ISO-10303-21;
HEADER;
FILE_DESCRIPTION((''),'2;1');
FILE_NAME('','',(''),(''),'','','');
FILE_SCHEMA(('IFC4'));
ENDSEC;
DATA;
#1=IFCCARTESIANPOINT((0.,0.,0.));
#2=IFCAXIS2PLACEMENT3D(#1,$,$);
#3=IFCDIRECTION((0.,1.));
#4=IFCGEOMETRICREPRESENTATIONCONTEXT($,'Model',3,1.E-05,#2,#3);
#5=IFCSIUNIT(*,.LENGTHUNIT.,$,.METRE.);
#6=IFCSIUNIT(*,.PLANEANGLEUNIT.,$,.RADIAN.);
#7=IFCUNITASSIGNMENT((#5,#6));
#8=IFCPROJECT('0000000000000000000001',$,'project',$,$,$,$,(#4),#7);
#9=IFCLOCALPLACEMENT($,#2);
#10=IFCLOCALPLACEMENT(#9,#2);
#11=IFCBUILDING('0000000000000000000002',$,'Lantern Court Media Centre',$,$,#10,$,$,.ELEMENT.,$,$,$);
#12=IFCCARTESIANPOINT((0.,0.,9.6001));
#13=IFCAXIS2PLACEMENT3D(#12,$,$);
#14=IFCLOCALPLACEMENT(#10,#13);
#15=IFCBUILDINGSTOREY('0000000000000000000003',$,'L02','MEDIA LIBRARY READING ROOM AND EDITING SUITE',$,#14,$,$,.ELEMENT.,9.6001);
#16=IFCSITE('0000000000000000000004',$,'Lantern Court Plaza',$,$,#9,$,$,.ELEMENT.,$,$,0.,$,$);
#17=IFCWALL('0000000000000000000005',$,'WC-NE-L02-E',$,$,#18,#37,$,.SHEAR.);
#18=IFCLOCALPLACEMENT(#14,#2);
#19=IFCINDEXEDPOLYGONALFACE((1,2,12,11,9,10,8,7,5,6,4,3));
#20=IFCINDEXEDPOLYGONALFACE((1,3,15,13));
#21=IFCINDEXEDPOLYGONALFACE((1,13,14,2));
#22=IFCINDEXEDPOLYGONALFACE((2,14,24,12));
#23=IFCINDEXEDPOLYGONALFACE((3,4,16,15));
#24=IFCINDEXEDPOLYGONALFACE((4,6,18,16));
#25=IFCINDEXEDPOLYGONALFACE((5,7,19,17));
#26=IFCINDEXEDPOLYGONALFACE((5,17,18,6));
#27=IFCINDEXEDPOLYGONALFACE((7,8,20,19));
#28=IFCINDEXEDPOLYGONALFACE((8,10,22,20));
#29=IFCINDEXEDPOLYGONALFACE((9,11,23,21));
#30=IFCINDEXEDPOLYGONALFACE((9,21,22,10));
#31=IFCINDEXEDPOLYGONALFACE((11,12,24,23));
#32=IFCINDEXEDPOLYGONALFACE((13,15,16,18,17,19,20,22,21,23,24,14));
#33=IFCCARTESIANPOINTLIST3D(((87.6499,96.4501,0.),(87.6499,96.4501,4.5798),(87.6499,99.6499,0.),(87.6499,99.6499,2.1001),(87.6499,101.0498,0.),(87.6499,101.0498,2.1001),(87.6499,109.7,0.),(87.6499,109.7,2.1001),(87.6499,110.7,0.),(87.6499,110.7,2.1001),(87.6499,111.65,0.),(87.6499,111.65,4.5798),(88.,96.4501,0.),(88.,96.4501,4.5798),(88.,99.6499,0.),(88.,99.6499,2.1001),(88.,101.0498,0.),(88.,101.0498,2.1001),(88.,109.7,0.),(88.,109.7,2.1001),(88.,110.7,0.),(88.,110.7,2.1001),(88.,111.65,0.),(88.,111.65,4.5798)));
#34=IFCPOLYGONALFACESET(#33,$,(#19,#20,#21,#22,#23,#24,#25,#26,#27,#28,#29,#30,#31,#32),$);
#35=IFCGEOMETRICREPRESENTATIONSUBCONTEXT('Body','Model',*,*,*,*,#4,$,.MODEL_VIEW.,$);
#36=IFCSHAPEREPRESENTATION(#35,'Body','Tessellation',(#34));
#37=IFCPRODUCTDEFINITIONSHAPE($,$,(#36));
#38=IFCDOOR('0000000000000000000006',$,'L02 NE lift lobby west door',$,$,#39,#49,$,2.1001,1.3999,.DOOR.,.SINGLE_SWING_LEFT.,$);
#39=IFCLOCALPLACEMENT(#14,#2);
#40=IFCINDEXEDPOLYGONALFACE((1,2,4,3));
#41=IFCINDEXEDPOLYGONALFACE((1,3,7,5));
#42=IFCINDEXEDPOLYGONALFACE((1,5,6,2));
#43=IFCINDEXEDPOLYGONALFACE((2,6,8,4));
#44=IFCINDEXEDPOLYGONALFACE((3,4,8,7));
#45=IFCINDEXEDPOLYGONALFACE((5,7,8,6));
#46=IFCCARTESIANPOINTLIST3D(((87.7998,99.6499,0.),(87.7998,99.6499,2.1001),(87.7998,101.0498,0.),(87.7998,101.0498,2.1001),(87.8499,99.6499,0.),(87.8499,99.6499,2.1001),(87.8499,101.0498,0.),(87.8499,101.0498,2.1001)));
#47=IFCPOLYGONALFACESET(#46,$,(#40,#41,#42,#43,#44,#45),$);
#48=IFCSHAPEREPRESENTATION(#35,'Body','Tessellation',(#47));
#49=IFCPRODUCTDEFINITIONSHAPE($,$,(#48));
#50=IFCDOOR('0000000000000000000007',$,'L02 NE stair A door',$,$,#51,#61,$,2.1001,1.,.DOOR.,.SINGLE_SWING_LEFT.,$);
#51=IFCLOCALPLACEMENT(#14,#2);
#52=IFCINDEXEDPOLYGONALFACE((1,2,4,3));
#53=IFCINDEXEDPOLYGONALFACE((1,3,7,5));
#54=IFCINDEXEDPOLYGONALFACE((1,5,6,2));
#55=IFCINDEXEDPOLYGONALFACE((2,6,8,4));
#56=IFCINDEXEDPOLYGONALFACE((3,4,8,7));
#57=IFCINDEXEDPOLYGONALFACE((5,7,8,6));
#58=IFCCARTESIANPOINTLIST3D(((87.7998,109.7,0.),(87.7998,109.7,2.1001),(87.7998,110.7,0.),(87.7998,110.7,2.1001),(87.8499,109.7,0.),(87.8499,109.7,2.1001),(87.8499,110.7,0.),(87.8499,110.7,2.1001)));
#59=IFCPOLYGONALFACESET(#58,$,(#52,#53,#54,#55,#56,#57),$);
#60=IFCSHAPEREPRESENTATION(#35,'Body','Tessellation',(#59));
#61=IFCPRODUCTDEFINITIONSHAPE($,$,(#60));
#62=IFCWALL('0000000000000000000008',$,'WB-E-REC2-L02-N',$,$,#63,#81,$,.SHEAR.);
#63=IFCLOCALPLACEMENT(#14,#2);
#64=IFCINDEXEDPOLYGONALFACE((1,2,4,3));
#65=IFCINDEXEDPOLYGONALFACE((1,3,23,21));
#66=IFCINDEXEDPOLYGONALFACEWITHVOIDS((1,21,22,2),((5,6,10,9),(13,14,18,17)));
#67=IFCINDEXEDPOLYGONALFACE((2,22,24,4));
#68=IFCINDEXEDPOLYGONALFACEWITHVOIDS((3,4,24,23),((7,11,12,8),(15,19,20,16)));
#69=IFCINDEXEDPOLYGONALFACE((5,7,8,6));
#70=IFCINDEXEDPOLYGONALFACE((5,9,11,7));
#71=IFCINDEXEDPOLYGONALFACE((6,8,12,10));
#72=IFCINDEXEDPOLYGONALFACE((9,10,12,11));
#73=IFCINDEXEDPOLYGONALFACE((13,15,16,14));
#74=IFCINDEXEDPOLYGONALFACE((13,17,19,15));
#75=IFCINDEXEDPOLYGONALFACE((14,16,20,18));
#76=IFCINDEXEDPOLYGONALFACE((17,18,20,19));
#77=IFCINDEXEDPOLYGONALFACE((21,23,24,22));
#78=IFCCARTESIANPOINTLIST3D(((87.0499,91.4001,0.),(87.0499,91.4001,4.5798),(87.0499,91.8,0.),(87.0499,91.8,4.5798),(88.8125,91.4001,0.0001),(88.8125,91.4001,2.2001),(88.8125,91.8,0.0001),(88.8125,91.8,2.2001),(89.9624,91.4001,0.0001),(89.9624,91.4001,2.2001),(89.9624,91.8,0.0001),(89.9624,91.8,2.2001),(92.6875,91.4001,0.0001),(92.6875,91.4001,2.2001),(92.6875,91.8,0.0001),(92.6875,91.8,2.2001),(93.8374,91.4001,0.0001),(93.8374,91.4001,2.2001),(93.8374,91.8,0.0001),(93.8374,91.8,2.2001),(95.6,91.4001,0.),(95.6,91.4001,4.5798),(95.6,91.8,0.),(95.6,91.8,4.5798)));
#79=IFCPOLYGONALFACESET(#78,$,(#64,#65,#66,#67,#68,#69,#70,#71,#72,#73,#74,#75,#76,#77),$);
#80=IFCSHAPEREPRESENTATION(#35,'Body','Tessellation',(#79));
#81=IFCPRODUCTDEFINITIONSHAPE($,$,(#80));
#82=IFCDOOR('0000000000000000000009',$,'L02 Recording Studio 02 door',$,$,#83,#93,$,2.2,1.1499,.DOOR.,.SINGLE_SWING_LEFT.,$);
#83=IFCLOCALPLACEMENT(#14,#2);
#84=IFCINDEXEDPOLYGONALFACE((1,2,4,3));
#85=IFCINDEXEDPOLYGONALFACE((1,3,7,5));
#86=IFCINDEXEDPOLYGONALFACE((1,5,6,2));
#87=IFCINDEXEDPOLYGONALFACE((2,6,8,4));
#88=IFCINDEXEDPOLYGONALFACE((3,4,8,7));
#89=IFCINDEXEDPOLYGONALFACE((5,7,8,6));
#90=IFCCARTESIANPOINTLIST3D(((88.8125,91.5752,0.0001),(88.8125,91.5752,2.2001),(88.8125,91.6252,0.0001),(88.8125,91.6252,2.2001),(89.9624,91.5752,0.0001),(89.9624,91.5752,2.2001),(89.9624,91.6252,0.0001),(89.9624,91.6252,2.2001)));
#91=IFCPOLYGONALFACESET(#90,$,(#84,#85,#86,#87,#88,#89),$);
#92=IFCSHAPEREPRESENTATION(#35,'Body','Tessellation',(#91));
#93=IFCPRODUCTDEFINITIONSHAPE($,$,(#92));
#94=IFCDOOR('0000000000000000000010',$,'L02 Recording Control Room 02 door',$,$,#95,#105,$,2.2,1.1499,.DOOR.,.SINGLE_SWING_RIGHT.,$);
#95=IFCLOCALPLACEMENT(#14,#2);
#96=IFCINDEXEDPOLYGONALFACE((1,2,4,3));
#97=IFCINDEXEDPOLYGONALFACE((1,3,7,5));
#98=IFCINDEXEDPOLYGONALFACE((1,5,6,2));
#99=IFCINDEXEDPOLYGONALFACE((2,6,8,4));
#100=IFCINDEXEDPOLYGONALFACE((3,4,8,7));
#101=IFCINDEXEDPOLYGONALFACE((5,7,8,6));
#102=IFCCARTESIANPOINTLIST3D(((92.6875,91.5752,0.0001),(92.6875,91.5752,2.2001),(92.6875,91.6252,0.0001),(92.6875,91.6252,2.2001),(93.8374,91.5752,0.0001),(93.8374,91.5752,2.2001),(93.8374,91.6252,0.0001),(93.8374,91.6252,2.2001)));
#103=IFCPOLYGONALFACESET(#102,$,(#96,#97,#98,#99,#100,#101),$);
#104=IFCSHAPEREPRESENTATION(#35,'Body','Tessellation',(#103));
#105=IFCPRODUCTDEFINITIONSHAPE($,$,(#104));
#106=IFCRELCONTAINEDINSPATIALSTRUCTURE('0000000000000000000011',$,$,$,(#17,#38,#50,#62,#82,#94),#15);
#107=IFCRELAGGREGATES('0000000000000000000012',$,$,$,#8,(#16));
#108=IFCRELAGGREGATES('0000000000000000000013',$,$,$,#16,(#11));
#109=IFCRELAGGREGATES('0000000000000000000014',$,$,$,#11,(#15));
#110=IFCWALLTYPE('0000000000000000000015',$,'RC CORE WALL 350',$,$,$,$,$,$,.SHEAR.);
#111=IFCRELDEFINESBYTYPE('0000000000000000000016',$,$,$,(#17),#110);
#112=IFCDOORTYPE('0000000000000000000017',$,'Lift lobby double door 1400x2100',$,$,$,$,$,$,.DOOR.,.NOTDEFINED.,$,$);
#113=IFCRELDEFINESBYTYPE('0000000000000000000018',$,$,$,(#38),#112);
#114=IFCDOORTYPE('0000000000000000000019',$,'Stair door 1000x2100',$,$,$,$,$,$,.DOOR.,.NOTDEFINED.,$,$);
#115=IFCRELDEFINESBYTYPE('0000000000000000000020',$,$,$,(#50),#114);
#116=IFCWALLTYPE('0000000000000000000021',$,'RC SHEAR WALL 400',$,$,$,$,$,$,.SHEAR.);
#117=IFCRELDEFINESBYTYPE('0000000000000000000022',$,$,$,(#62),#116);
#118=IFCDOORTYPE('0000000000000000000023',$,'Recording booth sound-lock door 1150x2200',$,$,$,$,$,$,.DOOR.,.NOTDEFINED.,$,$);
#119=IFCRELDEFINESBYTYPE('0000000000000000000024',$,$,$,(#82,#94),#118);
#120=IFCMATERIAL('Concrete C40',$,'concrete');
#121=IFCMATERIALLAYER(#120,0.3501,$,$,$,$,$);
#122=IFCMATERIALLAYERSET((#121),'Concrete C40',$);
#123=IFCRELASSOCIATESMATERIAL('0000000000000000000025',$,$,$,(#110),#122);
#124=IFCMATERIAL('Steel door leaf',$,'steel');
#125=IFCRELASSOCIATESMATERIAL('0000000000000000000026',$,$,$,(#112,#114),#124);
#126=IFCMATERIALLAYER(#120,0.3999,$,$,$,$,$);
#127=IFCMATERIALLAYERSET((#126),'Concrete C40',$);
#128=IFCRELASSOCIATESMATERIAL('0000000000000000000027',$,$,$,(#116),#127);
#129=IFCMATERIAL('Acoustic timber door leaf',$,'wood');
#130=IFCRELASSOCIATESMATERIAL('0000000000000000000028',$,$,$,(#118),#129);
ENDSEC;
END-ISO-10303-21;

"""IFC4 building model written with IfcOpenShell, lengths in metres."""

from ifc_helpers import new_model, si_unit, direction, frame, frame_2d, origin, place, context, subcontext, project, spatial, rectangle, extrude, material, layer, layer_set, type_object, element, fill, save


model = new_model("IFC4")

# Units and contexts
model_context = context("Model", 3, precision=1e-05, world=origin(), true_north=direction((0.0, 1.0)))
body_context = subcontext(model_context, "Body", "Model", "MODEL_VIEW")
ifc_project = project(units=[si_unit("LENGTHUNIT", "METRE"), si_unit("PLANEANGLEUNIT", "RADIAN")], contexts=[model_context])

# Site, building, storey
site_placement = place(None, origin())
site = spatial("IfcSite", under=ifc_project, at=site_placement, Name="Lantern Court Plaza", CompositionType="ELEMENT", RefElevation=0.0)
building_placement = place(site_placement, origin())
building = spatial("IfcBuilding", under=site, at=building_placement, Name="Lantern Court Media Centre", CompositionType="ELEMENT")
storey_placement = place(building_placement, frame((0.0, 0.0, 9.6001)))
storey = spatial("IfcBuildingStorey", under=building, at=storey_placement, Name="L02", Description="MEDIA LIBRARY READING ROOM AND EDITING SUITE", CompositionType="ELEMENT", Elevation=9.6001)

# Shared definitions
ifc_material_1 = material(Name="Steel door leaf", Category="steel")

# Walls, openings, doors
ifc_material_2 = material(Name="Concrete C40", Category="concrete")
ifc_layer_1 = layer(ifc_material_2, 0.3501)
ifc_layer_set_1 = layer_set([ifc_layer_1], Name="Concrete C40")
wall_type_1 = type_object("IfcWallType", Name="RC CORE WALL 350", PredefinedType="SHEAR", material=ifc_layer_set_1)
wall_1_placement = place(storey_placement, frame((87.825, 96.45, 0.0), z_axis=(0.0, 0.0, 1.0), x_axis=(0.0, 1.0, 0.0)))
wall_1 = element("IfcWall", 1, at=wall_1_placement, inside=storey, type_object=wall_type_1, Name="WC-NE-L02-E", PredefinedType="SHEAR", context=body_context, shape_type="SweptSolid", body=[
    extrude(rectangle(XDim=15.2, YDim=0.3501, at=frame_2d((7.6001, 0.0))), origin(), (0.0, 0.0, 1.0), 4.5798),
])
opening_1_placement = place(wall_1_placement, frame((13.25, 0.0, 0.0)))
opening_1 = element("IfcOpeningElement", 2, at=opening_1_placement, cuts=wall_1, PredefinedType="OPENING", context=body_context, shape_type="SweptSolid", body=[
    extrude(rectangle(XDim=1.0, YDim=2.1001, at=frame_2d((0.5, 1.05))), frame((0.0, 0.1851, 0.0), z_axis=(0.0, -1.0, 0.0), x_axis=(1.0, 0.0, 0.0)), (0.0, 0.0, 1.0), 0.3701),
])
opening_2_placement = place(wall_1_placement, frame((3.2, 0.0, 0.0)))
opening_2 = element("IfcOpeningElement", 3, at=opening_2_placement, cuts=wall_1, PredefinedType="OPENING", context=body_context, shape_type="SweptSolid", body=[
    extrude(rectangle(XDim=1.3999, YDim=2.1001, at=frame_2d((0.7, 1.05))), frame((0.0, 0.1851, 0.0), z_axis=(0.0, -1.0, 0.0), x_axis=(1.0, 0.0, 0.0)), (0.0, 0.0, 1.0), 0.3701),
])
door_type_1 = type_object("IfcDoorType", Name="Lift lobby double door 1400x2100", OperationType="NOTDEFINED", PredefinedType="DOOR", material=ifc_material_1)
door_1_placement = place(opening_2_placement, frame((1.3999, 0.0, 0.0), z_axis=(0.0, 0.0, 1.0), x_axis=(-1.0, 0.0, 0.0)))
door_1 = element("IfcDoor", 4, at=door_1_placement, inside=storey, type_object=door_type_1, Name="L02 NE lift lobby west door", OperationType="SINGLE_SWING_LEFT", OverallHeight=2.1001, OverallWidth=1.3999, PredefinedType="DOOR", context=body_context, shape_type="SweptSolid", body=[
    extrude(rectangle(XDim=1.3999, YDim=2.1001, at=frame_2d((0.7, 1.05))), frame((0.0, 0.0249, 0.0), z_axis=(0.0, -1.0, 0.0), x_axis=(1.0, 0.0, 0.0)), (0.0, 0.0, 1.0), 0.05),
])
fill(opening_2, door_1)
door_type_2 = type_object("IfcDoorType", Name="Stair door 1000x2100", OperationType="NOTDEFINED", PredefinedType="DOOR", material=ifc_material_1)
door_2_placement = place(opening_1_placement, frame((1.0, 0.0, 0.0), z_axis=(0.0, 0.0, 1.0), x_axis=(-1.0, 0.0, 0.0)))
door_2 = element("IfcDoor", 5, at=door_2_placement, inside=storey, type_object=door_type_2, Name="L02 NE stair A door", OperationType="SINGLE_SWING_LEFT", OverallHeight=2.1001, OverallWidth=1.0, PredefinedType="DOOR", context=body_context, shape_type="SweptSolid", body=[
    extrude(rectangle(XDim=1.0, YDim=2.1001, at=frame_2d((0.5, 1.05))), frame((0.0, 0.0249, 0.0), z_axis=(0.0, -1.0, 0.0), x_axis=(1.0, 0.0, 0.0)), (0.0, 0.0, 1.0), 0.05),
])
fill(opening_1, door_2)
ifc_layer_2 = layer(ifc_material_2, 0.3999)
ifc_layer_set_2 = layer_set([ifc_layer_2], Name="Concrete C40")
wall_type_2 = type_object("IfcWallType", Name="RC SHEAR WALL 400", PredefinedType="SHEAR", material=ifc_layer_set_2)
wall_2_placement = place(storey_placement, frame((87.05, 91.6001, 0.0), z_axis=(0.0, 0.0, 1.0), x_axis=(1.0, 0.0, 0.0)))
wall_2 = element("IfcWall", 6, at=wall_2_placement, inside=storey, type_object=wall_type_2, Name="WB-E-REC2-L02-N", PredefinedType="SHEAR", context=body_context, shape_type="SweptSolid", body=[
    extrude(rectangle(XDim=8.55, YDim=0.3999, at=frame_2d((4.2749, 0.0))), origin(), (0.0, 0.0, 1.0), 4.5798),
])
opening_3_placement = place(wall_2_placement, frame((1.7625, 0.0, 0.0)))
opening_3 = element("IfcOpeningElement", 7, at=opening_3_placement, cuts=wall_2, PredefinedType="OPENING", context=body_context, shape_type="SweptSolid", body=[
    extrude(rectangle(XDim=1.1499, YDim=2.2, at=frame_2d((0.575, 1.1001))), frame((0.0, 0.21, 0.0), z_axis=(0.0, -1.0, 0.0), x_axis=(1.0, 0.0, 0.0)), (0.0, 0.0, 1.0), 0.4199),
])
opening_4_placement = place(wall_2_placement, frame((5.6375, 0.0, 0.0)))
opening_4 = element("IfcOpeningElement", 8, at=opening_4_placement, cuts=wall_2, PredefinedType="OPENING", context=body_context, shape_type="SweptSolid", body=[
    extrude(rectangle(XDim=1.1499, YDim=2.2, at=frame_2d((0.575, 1.1001))), frame((0.0, 0.21, 0.0), z_axis=(0.0, -1.0, 0.0), x_axis=(1.0, 0.0, 0.0)), (0.0, 0.0, 1.0), 0.4199),
])
ifc_material_3 = material(Name="Acoustic timber door leaf", Category="wood")
door_type_3 = type_object("IfcDoorType", Name="Recording booth sound-lock door 1150x2200", OperationType="NOTDEFINED", PredefinedType="DOOR", material=ifc_material_3)
door_3_placement = place(opening_3_placement, frame((1.1499, 0.0, 0.0), z_axis=(0.0, 0.0, 1.0), x_axis=(-1.0, 0.0, 0.0)))
door_3 = element("IfcDoor", 9, at=door_3_placement, inside=storey, type_object=door_type_3, Name="L02 Recording Studio 02 door", OperationType="SINGLE_SWING_LEFT", OverallHeight=2.2, OverallWidth=1.1499, PredefinedType="DOOR", context=body_context, shape_type="SweptSolid", body=[
    extrude(rectangle(XDim=1.1499, YDim=2.2, at=frame_2d((0.575, 1.1001))), frame((0.0, 0.0249, 0.0), z_axis=(0.0, -1.0, 0.0), x_axis=(1.0, 0.0, 0.0)), (0.0, 0.0, 1.0), 0.05),
])
fill(opening_3, door_3)
door_4_placement = place(opening_4_placement, frame((1.1499, 0.0, 0.0), z_axis=(0.0, 0.0, 1.0), x_axis=(-1.0, 0.0, 0.0)))
door_4 = element("IfcDoor", 10, at=door_4_placement, inside=storey, type_object=door_type_3, Name="L02 Recording Control Room 02 door", OperationType="SINGLE_SWING_RIGHT", OverallHeight=2.2, OverallWidth=1.1499, PredefinedType="DOOR", context=body_context, shape_type="SweptSolid", body=[
    extrude(rectangle(XDim=1.1499, YDim=2.2, at=frame_2d((0.575, 1.1001))), frame((0.0, 0.0249, 0.0), z_axis=(0.0, -1.0, 0.0), x_axis=(1.0, 0.0, 0.0)), (0.0, 0.0, 1.0), 0.05),
])
fill(opening_4, door_4)

save(model, "model.ifc")
